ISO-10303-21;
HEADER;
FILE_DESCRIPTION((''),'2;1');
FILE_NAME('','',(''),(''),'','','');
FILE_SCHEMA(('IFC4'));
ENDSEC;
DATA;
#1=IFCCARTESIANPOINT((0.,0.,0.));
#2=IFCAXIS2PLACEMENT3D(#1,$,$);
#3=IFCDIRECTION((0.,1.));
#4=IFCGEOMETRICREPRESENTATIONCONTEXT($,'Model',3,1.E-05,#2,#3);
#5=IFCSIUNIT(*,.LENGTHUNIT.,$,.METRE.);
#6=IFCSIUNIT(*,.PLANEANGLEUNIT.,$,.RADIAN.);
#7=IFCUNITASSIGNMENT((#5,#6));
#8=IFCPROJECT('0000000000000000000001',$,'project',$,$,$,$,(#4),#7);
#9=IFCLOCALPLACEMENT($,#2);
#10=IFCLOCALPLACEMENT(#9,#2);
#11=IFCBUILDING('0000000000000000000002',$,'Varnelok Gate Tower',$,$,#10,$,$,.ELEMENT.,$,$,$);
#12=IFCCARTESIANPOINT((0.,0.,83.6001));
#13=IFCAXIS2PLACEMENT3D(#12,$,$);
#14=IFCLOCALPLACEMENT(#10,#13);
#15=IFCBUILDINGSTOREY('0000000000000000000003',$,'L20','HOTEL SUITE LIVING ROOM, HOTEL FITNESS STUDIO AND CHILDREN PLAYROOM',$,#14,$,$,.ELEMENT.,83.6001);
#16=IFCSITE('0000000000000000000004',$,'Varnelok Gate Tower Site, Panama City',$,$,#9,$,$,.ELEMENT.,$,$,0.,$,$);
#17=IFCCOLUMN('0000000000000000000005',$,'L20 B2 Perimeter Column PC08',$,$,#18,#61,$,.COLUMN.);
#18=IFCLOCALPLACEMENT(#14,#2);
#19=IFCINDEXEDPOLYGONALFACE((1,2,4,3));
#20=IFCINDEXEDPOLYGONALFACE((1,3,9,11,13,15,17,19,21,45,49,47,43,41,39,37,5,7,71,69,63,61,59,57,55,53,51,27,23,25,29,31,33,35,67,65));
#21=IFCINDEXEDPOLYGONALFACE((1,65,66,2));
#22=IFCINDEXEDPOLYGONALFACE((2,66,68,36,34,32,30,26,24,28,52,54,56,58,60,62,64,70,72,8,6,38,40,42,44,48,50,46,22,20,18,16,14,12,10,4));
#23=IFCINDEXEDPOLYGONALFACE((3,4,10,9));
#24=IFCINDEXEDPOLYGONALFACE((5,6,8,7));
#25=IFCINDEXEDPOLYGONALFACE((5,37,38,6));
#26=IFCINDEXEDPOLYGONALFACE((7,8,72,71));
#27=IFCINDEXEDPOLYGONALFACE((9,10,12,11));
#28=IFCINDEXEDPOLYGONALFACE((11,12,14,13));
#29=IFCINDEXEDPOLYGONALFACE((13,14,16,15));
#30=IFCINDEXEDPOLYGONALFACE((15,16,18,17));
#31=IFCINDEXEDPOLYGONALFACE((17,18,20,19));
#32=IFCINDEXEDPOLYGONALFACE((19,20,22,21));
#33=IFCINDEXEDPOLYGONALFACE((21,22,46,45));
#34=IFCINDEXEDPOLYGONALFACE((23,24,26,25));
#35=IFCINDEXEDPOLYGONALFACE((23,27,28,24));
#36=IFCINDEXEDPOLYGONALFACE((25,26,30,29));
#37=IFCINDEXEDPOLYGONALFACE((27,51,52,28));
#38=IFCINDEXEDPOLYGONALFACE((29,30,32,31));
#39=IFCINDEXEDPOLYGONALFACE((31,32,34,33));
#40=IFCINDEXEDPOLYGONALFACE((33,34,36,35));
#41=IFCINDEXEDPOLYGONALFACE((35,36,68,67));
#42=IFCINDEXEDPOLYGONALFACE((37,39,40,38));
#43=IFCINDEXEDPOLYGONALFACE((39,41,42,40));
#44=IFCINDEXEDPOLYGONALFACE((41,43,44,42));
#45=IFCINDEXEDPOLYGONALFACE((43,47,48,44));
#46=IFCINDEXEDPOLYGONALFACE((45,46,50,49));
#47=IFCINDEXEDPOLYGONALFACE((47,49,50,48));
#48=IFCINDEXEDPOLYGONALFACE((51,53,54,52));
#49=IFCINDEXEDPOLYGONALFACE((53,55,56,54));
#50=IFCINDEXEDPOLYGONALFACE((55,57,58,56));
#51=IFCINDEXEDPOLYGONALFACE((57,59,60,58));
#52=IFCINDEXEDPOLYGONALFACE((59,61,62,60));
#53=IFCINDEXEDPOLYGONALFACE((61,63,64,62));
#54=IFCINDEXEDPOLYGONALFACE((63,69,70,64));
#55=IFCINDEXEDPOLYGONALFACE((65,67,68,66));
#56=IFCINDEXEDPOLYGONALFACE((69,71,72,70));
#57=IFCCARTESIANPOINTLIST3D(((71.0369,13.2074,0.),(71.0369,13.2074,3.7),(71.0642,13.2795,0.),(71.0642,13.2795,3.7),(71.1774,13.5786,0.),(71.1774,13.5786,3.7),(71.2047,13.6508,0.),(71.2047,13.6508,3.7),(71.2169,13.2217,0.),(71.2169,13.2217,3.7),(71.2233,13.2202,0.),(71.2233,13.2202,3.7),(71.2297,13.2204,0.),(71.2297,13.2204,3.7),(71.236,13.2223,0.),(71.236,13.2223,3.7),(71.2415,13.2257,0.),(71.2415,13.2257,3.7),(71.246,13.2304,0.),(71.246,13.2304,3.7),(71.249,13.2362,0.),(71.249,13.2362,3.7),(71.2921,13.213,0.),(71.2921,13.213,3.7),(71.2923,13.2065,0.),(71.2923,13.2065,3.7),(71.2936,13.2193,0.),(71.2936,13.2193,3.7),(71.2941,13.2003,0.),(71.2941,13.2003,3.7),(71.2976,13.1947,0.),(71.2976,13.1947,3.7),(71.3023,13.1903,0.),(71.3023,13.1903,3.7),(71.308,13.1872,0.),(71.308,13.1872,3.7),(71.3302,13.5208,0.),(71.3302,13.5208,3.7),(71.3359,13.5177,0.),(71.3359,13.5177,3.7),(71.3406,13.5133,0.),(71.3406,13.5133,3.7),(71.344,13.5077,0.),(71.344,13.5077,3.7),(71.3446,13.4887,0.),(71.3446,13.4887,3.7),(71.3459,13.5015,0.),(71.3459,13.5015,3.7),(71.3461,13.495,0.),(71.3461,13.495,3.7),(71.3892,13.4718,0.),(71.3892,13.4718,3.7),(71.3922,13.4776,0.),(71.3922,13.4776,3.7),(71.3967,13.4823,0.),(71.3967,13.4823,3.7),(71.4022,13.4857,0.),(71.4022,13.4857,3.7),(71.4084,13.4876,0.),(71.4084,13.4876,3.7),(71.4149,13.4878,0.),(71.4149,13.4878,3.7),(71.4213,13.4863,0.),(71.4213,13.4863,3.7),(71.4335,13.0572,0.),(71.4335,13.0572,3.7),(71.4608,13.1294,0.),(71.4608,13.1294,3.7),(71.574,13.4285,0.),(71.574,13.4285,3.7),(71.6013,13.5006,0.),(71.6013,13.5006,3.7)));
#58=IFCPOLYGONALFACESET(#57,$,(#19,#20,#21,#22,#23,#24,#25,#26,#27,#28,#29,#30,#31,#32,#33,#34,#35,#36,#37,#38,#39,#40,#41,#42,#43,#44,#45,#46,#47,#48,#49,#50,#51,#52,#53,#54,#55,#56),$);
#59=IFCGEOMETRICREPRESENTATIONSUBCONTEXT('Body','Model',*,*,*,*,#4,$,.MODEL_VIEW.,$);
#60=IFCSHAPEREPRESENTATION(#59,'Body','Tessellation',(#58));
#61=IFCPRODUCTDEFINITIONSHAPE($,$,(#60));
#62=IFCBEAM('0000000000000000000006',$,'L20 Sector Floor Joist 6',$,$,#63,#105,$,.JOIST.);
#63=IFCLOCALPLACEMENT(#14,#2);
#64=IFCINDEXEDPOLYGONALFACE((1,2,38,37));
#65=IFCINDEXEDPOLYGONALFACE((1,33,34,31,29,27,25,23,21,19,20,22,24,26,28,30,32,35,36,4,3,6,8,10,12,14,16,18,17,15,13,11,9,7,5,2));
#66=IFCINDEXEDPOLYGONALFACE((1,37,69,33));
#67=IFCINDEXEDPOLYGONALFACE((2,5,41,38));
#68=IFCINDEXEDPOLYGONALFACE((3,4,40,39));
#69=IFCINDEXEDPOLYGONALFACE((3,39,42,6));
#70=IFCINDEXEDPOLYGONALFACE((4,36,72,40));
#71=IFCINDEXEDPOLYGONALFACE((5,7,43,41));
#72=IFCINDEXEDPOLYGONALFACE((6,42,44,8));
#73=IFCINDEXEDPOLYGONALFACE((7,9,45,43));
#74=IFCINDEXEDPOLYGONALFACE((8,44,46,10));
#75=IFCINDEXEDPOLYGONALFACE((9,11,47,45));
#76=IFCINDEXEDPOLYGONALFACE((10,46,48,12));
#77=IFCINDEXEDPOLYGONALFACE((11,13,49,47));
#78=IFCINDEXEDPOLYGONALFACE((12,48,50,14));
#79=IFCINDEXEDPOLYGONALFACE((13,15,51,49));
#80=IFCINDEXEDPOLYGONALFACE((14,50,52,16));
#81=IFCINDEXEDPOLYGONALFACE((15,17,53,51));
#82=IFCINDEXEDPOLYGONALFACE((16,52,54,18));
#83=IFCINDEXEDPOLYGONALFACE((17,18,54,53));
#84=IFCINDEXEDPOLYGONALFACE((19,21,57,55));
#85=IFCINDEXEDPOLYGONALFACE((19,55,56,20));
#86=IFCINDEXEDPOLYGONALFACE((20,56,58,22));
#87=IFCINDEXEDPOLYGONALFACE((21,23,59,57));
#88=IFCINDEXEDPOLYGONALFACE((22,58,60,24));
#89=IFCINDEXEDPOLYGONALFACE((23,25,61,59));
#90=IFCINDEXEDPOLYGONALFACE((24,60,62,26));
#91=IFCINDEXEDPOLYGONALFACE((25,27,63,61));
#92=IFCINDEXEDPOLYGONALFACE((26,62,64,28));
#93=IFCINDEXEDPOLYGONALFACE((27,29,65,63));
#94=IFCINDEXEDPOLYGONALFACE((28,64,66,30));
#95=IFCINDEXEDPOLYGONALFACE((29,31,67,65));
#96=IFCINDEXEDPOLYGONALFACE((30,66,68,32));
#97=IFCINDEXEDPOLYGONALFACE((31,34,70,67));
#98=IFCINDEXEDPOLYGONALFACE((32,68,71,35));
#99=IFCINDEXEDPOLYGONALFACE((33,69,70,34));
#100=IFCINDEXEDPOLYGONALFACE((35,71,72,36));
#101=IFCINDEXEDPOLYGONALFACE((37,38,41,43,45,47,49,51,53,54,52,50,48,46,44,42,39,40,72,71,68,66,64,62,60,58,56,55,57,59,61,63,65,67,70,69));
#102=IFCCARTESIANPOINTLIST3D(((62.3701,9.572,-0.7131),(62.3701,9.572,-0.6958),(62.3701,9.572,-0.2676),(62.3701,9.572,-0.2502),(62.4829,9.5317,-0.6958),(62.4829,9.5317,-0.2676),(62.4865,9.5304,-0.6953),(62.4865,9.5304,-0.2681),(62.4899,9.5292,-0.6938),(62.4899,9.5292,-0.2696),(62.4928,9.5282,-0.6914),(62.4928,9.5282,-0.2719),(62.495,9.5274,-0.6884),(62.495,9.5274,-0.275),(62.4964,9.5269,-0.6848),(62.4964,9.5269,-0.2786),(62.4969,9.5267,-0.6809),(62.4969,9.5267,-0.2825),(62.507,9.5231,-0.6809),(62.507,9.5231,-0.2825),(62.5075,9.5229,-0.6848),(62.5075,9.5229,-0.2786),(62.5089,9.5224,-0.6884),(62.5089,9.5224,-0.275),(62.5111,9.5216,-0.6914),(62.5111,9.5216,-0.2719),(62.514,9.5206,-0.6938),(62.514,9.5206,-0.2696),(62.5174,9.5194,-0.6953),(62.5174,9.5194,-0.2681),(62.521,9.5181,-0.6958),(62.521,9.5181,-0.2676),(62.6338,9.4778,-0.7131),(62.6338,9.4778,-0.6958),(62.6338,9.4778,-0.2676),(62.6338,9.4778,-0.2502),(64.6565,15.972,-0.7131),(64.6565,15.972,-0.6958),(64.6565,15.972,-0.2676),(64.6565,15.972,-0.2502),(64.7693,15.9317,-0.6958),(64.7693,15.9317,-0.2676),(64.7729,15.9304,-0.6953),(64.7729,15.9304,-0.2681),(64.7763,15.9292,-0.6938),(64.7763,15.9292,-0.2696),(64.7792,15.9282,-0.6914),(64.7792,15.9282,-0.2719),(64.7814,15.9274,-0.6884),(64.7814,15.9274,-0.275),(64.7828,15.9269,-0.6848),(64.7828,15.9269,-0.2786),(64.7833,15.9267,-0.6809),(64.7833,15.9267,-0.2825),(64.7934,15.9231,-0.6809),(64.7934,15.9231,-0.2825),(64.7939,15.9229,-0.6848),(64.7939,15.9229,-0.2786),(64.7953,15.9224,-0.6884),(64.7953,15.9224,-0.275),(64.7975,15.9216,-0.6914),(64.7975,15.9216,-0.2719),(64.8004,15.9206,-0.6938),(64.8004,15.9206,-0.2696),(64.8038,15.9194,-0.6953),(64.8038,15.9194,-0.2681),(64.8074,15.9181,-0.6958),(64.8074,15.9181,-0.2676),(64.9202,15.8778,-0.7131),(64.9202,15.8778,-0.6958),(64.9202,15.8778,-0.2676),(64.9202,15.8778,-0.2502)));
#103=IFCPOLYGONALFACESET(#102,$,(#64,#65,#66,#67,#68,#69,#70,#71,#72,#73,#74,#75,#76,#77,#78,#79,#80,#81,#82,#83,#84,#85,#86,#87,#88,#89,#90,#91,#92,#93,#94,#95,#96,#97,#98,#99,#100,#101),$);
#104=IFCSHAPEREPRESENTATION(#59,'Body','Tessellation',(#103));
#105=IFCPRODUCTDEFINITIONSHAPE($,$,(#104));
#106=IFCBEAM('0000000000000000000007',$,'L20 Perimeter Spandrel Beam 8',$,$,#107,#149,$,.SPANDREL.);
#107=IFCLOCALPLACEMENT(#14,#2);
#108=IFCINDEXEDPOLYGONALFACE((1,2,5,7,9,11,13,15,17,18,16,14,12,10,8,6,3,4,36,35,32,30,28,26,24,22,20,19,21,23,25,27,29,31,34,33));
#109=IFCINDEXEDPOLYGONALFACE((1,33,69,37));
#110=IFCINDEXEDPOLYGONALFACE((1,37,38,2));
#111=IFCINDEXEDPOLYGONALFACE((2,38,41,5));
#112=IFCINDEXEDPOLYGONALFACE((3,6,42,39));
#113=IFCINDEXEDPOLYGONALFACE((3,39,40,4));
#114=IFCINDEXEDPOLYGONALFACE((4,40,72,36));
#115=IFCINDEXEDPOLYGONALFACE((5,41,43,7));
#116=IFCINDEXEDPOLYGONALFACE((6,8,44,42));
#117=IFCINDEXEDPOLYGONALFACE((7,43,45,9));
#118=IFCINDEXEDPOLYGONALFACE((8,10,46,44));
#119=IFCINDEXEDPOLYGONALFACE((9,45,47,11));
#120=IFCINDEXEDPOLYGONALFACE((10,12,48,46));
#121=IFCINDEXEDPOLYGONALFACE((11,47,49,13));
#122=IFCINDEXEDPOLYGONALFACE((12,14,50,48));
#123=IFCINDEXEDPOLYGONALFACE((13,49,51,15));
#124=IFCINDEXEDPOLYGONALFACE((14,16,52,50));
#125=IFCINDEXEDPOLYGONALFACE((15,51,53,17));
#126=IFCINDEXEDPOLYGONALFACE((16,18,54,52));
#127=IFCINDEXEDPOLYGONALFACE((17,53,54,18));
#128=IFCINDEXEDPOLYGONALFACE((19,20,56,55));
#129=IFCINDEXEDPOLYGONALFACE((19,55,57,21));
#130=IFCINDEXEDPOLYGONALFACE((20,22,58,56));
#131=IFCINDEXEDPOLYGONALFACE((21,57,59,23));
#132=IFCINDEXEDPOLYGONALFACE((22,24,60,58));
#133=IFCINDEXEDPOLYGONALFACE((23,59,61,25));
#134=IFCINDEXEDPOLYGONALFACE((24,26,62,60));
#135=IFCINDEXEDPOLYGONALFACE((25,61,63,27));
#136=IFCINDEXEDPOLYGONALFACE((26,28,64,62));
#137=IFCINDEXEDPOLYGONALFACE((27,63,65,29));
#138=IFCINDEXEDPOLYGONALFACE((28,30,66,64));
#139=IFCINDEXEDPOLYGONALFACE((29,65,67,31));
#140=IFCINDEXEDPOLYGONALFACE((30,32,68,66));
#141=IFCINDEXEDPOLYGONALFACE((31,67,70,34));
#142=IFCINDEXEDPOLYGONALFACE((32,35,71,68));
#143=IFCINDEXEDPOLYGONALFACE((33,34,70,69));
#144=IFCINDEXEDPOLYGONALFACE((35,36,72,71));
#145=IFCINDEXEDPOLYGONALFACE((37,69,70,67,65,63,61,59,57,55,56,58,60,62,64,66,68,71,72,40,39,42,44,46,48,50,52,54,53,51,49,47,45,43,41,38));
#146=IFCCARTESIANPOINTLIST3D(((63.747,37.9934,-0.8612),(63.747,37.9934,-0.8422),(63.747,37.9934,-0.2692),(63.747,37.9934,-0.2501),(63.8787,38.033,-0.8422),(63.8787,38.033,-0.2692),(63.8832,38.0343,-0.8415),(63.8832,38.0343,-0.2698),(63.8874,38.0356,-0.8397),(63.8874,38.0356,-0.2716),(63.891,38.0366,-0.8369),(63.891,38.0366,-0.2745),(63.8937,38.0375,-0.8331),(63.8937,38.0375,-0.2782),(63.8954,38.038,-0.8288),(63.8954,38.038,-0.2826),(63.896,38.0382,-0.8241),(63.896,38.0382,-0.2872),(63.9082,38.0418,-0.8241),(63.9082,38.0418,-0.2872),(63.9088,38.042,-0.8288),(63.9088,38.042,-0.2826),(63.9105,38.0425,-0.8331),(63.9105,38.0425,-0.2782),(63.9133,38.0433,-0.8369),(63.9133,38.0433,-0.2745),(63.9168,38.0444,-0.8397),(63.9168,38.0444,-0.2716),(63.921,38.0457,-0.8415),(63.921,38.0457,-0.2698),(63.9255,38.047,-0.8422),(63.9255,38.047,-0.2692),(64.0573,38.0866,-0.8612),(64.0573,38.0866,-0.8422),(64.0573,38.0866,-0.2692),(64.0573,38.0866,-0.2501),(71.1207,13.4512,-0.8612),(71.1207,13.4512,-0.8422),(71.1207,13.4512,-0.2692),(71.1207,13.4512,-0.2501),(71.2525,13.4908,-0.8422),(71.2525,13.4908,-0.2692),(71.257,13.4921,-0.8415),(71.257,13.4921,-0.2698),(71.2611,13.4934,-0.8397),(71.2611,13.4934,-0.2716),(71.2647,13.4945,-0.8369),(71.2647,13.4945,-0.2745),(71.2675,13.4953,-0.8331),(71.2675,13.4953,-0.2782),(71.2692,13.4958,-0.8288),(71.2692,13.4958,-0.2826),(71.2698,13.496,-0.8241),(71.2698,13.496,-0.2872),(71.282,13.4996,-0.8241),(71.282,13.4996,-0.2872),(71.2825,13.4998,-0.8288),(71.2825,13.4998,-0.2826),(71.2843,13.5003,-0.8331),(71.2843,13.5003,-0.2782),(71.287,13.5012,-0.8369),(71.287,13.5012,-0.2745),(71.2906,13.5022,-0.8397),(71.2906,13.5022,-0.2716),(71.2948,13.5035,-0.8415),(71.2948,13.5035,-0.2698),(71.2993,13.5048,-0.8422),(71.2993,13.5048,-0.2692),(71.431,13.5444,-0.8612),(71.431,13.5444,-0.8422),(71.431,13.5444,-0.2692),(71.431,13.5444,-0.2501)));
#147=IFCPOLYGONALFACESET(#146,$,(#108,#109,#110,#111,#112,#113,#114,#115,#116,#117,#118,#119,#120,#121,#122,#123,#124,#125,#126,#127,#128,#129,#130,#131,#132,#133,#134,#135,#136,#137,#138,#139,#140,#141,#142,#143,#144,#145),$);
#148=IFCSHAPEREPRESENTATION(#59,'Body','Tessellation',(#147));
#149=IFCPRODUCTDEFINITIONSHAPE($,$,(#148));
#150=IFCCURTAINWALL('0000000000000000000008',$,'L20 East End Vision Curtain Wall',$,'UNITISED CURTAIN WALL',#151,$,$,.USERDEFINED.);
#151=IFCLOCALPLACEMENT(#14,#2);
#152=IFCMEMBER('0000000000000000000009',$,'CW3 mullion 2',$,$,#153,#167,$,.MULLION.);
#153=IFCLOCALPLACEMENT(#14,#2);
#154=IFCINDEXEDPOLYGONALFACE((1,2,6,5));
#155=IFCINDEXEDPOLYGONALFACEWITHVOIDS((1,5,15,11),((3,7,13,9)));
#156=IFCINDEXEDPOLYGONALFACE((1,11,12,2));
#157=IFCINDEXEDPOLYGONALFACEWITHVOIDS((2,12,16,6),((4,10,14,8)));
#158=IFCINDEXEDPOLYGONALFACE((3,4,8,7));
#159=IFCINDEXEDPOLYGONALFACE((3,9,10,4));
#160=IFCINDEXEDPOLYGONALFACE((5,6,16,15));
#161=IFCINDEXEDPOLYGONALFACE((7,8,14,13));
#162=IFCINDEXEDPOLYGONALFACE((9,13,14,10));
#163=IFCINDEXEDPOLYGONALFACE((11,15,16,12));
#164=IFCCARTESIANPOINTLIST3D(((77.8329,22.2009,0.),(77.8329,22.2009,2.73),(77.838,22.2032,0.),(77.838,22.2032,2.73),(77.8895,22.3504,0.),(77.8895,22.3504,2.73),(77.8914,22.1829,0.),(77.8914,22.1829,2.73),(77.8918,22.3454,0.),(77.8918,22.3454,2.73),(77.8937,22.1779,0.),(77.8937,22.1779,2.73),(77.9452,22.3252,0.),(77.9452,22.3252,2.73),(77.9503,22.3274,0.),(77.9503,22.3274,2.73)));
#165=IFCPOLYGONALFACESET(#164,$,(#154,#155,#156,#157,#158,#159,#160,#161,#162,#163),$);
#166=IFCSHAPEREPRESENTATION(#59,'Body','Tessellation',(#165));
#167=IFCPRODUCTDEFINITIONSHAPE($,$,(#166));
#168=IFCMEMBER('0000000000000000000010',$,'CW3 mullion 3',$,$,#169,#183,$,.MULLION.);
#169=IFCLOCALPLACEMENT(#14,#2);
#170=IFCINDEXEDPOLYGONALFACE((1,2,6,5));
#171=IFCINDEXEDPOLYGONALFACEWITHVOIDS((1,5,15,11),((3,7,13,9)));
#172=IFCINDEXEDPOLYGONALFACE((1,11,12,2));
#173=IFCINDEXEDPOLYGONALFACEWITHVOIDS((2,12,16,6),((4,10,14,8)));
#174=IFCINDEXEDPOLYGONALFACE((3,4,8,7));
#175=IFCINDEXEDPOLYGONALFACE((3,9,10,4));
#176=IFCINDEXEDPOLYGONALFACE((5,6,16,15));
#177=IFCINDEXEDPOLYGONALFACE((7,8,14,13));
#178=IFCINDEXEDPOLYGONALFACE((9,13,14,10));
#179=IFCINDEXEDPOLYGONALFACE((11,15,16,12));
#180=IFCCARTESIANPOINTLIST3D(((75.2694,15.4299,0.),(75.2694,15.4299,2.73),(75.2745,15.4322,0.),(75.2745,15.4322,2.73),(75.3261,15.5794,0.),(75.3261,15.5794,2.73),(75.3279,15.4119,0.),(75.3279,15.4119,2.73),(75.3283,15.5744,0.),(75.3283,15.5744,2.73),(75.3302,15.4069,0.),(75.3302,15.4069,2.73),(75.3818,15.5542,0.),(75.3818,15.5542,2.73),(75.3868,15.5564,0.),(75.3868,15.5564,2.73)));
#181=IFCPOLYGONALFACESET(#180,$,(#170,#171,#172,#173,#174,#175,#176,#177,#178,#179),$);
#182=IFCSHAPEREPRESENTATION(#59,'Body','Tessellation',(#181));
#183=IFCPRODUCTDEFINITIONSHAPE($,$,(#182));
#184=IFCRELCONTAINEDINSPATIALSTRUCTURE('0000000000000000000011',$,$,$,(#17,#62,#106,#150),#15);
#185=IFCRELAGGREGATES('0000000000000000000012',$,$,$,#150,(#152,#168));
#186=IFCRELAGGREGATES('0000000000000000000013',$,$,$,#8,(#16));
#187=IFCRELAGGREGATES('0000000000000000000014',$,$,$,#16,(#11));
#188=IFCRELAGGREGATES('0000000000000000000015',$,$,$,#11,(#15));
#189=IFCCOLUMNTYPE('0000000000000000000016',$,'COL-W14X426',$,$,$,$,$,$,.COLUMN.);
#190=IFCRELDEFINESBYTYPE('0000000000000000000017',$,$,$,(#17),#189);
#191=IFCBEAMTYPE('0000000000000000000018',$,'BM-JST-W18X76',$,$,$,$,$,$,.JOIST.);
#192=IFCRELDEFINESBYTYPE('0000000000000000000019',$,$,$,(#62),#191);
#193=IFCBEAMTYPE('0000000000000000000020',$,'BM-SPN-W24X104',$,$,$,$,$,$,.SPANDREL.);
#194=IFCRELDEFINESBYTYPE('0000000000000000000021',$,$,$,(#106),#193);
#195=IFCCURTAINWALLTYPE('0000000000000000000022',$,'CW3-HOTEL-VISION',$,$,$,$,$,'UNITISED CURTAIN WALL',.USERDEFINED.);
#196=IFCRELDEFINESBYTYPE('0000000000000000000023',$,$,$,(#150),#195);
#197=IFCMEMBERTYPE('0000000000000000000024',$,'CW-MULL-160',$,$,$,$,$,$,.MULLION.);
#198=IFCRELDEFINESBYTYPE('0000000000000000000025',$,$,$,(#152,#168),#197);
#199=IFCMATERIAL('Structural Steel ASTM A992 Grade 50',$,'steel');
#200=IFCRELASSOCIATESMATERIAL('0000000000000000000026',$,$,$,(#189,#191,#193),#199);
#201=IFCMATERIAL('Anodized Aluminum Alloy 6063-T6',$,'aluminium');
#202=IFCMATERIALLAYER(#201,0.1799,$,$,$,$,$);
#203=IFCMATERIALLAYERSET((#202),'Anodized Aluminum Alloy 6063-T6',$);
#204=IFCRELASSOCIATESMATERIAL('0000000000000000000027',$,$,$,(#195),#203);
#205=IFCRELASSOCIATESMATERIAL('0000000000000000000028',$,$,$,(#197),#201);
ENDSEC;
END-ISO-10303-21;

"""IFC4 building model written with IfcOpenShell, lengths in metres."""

from ifc_helpers import new_model, si_unit, direction, frame, origin, origin_2d, place, context, subcontext, project, spatial, hollow_rectangle, i_section, extrude, material, layer, layer_set, material_profile, profile_set, type_object, element, aggregate, save


model = new_model("IFC4")

# Units and contexts
model_context = context("Model", 3, precision=1e-05, world=origin(), true_north=direction((0.0, 1.0)))
body_context = subcontext(model_context, "Body", "Model", "MODEL_VIEW")
ifc_project = project(units=[si_unit("LENGTHUNIT", "METRE"), si_unit("PLANEANGLEUNIT", "RADIAN")], contexts=[model_context])

# Site, building, storey
site_placement = place(None, origin())
site = spatial("IfcSite", under=ifc_project, at=site_placement, Name="Varnelok Gate Tower Site, Panama City", CompositionType="ELEMENT", RefElevation=0.0)
building_placement = place(site_placement, origin())
building = spatial("IfcBuilding", under=site, at=building_placement, Name="Varnelok Gate Tower", CompositionType="ELEMENT")
storey_placement = place(building_placement, frame((0.0, 0.0, 83.6001)))
storey = spatial("IfcBuildingStorey", under=building, at=storey_placement, Name="L20", Description="HOTEL SUITE LIVING ROOM, HOTEL FITNESS STUDIO AND CHILDREN PLAYROOM", CompositionType="ELEMENT", Elevation=83.6001)

# Column
ifc_material_1 = material(Name="Structural Steel ASTM A992 Grade 50", Category="steel")
ifc_material_profile_1 = material_profile(ifc_material_1, i_section(OverallWidth=0.4241, OverallDepth=0.4741, WebThickness=0.0476, FlangeThickness=0.0771, FilletRadius=0.0249, at=origin_2d()), Name="W14X426")
ifc_profile_set_1 = profile_set([ifc_material_profile_1], Name="Structural Steel ASTM A992 Grade 50")
column_type = type_object("IfcColumnType", Name="COL-W14X426", PredefinedType="COLUMN", material=ifc_profile_set_1)
column_placement = place(storey_placement, frame((71.3191, 13.354, 0.0), z_axis=(0.0, 0.0, 1.0), x_axis=(0.935222, -0.354063, 0.0)))
element("IfcColumn", 1, at=column_placement, inside=storey, type_object=column_type, Name="L20 B2 Perimeter Column PC08", PredefinedType="COLUMN", context=body_context, shape_type="SweptSolid", body=[
    extrude(i_section(OverallWidth=0.4241, OverallDepth=0.4741, WebThickness=0.0476, FlangeThickness=0.0771, FilletRadius=0.0249, at=origin_2d()), origin(), (0.0, 0.0, 1.0), 3.7),
])

# Beams
ifc_material_profile_2 = material_profile(ifc_material_1, i_section(OverallWidth=0.28, OverallDepth=0.4629, WebThickness=0.0107, FlangeThickness=0.0173, FilletRadius=0.0149, at=origin_2d()), Name="W18X76")
ifc_profile_set_2 = profile_set([ifc_material_profile_2], Name="Structural Steel ASTM A992 Grade 50")
beam_type_1 = type_object("IfcBeamType", Name="BM-JST-W18X76", PredefinedType="JOIST", material=ifc_profile_set_2)
beam_1_placement = place(storey_placement, frame((62.502, 9.5249, -0.4817), z_axis=(0.336427, 0.941709, 0.0), x_axis=(-0.941709, 0.336427, 0.0)))
element("IfcBeam", 2, at=beam_1_placement, inside=storey, type_object=beam_type_1, Name="L20 Sector Floor Joist 6", PredefinedType="JOIST", context=body_context, shape_type="SweptSolid", body=[
    extrude(i_section(OverallWidth=0.28, OverallDepth=0.4629, WebThickness=0.0107, FlangeThickness=0.0173, FilletRadius=0.0149, at=origin_2d()), origin(), (0.0, 0.0, 1.0), 6.7961),
])
ifc_material_profile_3 = material_profile(ifc_material_1, i_section(OverallWidth=0.324, OverallDepth=0.6111, WebThickness=0.0127, FlangeThickness=0.019, FilletRadius=0.0181, at=origin_2d()), Name="W24X104")
ifc_profile_set_3 = profile_set([ifc_material_profile_3], Name="Structural Steel ASTM A992 Grade 50")
beam_type_2 = type_object("IfcBeamType", Name="BM-SPN-W24X104", PredefinedType="SPANDREL", material=ifc_profile_set_3)
beam_2_placement = place(storey_placement, frame((71.2759, 13.4978, -0.5557), z_axis=(-0.287746, 0.957707, 0.0), x_axis=(-0.957707, -0.287746, 0.0)))
element("IfcBeam", 3, at=beam_2_placement, inside=storey, type_object=beam_type_2, Name="L20 Perimeter Spandrel Beam 8", PredefinedType="SPANDREL", context=body_context, shape_type="SweptSolid", body=[
    extrude(i_section(OverallWidth=0.324, OverallDepth=0.6111, WebThickness=0.0127, FlangeThickness=0.019, FilletRadius=0.0181, at=origin_2d()), origin(), (0.0, 0.0, 1.0), 25.626),
])

# Curtain wall, members
ifc_material_2 = material(Name="Anodized Aluminum Alloy 6063-T6", Category="aluminium")
ifc_layer_1 = layer(ifc_material_2, 0.1799)
ifc_layer_set_1 = layer_set([ifc_layer_1], Name="Anodized Aluminum Alloy 6063-T6")
curtain_wall_type = type_object("IfcCurtainWallType", Name="CW3-HOTEL-VISION", ElementType="UNITISED CURTAIN WALL", PredefinedType="USERDEFINED", material=ifc_layer_set_1)
curtain_wall_placement = place(storey_placement, origin())
curtain_wall = element("IfcCurtainWall", 4, at=curtain_wall_placement, inside=storey, type_object=curtain_wall_type, Name="L20 East End Vision Curtain Wall", ObjectType="UNITISED CURTAIN WALL", PredefinedType="USERDEFINED")
ifc_material_profile_4 = material_profile(ifc_material_2, hollow_rectangle(XDim=0.0649, YDim=0.1599, WallThickness=0.0039, at=origin_2d()), Name="ALU160X65X4")
ifc_profile_set_4 = profile_set([ifc_material_profile_4], Name="Anodized Aluminum Alloy 6063-T6")
member_type_1 = type_object("IfcMemberType", Name="CW-MULL-160", PredefinedType="MULLION", material=ifc_profile_set_4)
member_1_placement = place(storey_placement, frame((77.8916, 22.2642, 0.0), z_axis=(0.0, 0.0, 1.0), x_axis=(0.935221, -0.354064, 0.0)))
member_1 = element("IfcMember", 5, at=member_1_placement, type_object=member_type_1, Name="CW3 mullion 2", PredefinedType="MULLION", context=body_context, shape_type="SweptSolid", body=[
    extrude(hollow_rectangle(XDim=0.0649, YDim=0.1599, WallThickness=0.0039, at=origin_2d()), origin(), (0.0, 0.0, 1.0), 2.73),
])
member_2_placement = place(storey_placement, frame((75.3281, 15.4932, 0.0), z_axis=(0.0, 0.0, 1.0), x_axis=(0.935221, -0.354064, 0.0)))
member_2 = element("IfcMember", 6, at=member_2_placement, type_object=member_type_1, Name="CW3 mullion 3", PredefinedType="MULLION", context=body_context, shape_type="SweptSolid", body=[
    extrude(hollow_rectangle(XDim=0.0649, YDim=0.1599, WallThickness=0.0039, at=origin_2d()), origin(), (0.0, 0.0, 1.0), 2.73),
])
aggregate(curtain_wall, [member_1, member_2])

save(model, "model.ifc")
